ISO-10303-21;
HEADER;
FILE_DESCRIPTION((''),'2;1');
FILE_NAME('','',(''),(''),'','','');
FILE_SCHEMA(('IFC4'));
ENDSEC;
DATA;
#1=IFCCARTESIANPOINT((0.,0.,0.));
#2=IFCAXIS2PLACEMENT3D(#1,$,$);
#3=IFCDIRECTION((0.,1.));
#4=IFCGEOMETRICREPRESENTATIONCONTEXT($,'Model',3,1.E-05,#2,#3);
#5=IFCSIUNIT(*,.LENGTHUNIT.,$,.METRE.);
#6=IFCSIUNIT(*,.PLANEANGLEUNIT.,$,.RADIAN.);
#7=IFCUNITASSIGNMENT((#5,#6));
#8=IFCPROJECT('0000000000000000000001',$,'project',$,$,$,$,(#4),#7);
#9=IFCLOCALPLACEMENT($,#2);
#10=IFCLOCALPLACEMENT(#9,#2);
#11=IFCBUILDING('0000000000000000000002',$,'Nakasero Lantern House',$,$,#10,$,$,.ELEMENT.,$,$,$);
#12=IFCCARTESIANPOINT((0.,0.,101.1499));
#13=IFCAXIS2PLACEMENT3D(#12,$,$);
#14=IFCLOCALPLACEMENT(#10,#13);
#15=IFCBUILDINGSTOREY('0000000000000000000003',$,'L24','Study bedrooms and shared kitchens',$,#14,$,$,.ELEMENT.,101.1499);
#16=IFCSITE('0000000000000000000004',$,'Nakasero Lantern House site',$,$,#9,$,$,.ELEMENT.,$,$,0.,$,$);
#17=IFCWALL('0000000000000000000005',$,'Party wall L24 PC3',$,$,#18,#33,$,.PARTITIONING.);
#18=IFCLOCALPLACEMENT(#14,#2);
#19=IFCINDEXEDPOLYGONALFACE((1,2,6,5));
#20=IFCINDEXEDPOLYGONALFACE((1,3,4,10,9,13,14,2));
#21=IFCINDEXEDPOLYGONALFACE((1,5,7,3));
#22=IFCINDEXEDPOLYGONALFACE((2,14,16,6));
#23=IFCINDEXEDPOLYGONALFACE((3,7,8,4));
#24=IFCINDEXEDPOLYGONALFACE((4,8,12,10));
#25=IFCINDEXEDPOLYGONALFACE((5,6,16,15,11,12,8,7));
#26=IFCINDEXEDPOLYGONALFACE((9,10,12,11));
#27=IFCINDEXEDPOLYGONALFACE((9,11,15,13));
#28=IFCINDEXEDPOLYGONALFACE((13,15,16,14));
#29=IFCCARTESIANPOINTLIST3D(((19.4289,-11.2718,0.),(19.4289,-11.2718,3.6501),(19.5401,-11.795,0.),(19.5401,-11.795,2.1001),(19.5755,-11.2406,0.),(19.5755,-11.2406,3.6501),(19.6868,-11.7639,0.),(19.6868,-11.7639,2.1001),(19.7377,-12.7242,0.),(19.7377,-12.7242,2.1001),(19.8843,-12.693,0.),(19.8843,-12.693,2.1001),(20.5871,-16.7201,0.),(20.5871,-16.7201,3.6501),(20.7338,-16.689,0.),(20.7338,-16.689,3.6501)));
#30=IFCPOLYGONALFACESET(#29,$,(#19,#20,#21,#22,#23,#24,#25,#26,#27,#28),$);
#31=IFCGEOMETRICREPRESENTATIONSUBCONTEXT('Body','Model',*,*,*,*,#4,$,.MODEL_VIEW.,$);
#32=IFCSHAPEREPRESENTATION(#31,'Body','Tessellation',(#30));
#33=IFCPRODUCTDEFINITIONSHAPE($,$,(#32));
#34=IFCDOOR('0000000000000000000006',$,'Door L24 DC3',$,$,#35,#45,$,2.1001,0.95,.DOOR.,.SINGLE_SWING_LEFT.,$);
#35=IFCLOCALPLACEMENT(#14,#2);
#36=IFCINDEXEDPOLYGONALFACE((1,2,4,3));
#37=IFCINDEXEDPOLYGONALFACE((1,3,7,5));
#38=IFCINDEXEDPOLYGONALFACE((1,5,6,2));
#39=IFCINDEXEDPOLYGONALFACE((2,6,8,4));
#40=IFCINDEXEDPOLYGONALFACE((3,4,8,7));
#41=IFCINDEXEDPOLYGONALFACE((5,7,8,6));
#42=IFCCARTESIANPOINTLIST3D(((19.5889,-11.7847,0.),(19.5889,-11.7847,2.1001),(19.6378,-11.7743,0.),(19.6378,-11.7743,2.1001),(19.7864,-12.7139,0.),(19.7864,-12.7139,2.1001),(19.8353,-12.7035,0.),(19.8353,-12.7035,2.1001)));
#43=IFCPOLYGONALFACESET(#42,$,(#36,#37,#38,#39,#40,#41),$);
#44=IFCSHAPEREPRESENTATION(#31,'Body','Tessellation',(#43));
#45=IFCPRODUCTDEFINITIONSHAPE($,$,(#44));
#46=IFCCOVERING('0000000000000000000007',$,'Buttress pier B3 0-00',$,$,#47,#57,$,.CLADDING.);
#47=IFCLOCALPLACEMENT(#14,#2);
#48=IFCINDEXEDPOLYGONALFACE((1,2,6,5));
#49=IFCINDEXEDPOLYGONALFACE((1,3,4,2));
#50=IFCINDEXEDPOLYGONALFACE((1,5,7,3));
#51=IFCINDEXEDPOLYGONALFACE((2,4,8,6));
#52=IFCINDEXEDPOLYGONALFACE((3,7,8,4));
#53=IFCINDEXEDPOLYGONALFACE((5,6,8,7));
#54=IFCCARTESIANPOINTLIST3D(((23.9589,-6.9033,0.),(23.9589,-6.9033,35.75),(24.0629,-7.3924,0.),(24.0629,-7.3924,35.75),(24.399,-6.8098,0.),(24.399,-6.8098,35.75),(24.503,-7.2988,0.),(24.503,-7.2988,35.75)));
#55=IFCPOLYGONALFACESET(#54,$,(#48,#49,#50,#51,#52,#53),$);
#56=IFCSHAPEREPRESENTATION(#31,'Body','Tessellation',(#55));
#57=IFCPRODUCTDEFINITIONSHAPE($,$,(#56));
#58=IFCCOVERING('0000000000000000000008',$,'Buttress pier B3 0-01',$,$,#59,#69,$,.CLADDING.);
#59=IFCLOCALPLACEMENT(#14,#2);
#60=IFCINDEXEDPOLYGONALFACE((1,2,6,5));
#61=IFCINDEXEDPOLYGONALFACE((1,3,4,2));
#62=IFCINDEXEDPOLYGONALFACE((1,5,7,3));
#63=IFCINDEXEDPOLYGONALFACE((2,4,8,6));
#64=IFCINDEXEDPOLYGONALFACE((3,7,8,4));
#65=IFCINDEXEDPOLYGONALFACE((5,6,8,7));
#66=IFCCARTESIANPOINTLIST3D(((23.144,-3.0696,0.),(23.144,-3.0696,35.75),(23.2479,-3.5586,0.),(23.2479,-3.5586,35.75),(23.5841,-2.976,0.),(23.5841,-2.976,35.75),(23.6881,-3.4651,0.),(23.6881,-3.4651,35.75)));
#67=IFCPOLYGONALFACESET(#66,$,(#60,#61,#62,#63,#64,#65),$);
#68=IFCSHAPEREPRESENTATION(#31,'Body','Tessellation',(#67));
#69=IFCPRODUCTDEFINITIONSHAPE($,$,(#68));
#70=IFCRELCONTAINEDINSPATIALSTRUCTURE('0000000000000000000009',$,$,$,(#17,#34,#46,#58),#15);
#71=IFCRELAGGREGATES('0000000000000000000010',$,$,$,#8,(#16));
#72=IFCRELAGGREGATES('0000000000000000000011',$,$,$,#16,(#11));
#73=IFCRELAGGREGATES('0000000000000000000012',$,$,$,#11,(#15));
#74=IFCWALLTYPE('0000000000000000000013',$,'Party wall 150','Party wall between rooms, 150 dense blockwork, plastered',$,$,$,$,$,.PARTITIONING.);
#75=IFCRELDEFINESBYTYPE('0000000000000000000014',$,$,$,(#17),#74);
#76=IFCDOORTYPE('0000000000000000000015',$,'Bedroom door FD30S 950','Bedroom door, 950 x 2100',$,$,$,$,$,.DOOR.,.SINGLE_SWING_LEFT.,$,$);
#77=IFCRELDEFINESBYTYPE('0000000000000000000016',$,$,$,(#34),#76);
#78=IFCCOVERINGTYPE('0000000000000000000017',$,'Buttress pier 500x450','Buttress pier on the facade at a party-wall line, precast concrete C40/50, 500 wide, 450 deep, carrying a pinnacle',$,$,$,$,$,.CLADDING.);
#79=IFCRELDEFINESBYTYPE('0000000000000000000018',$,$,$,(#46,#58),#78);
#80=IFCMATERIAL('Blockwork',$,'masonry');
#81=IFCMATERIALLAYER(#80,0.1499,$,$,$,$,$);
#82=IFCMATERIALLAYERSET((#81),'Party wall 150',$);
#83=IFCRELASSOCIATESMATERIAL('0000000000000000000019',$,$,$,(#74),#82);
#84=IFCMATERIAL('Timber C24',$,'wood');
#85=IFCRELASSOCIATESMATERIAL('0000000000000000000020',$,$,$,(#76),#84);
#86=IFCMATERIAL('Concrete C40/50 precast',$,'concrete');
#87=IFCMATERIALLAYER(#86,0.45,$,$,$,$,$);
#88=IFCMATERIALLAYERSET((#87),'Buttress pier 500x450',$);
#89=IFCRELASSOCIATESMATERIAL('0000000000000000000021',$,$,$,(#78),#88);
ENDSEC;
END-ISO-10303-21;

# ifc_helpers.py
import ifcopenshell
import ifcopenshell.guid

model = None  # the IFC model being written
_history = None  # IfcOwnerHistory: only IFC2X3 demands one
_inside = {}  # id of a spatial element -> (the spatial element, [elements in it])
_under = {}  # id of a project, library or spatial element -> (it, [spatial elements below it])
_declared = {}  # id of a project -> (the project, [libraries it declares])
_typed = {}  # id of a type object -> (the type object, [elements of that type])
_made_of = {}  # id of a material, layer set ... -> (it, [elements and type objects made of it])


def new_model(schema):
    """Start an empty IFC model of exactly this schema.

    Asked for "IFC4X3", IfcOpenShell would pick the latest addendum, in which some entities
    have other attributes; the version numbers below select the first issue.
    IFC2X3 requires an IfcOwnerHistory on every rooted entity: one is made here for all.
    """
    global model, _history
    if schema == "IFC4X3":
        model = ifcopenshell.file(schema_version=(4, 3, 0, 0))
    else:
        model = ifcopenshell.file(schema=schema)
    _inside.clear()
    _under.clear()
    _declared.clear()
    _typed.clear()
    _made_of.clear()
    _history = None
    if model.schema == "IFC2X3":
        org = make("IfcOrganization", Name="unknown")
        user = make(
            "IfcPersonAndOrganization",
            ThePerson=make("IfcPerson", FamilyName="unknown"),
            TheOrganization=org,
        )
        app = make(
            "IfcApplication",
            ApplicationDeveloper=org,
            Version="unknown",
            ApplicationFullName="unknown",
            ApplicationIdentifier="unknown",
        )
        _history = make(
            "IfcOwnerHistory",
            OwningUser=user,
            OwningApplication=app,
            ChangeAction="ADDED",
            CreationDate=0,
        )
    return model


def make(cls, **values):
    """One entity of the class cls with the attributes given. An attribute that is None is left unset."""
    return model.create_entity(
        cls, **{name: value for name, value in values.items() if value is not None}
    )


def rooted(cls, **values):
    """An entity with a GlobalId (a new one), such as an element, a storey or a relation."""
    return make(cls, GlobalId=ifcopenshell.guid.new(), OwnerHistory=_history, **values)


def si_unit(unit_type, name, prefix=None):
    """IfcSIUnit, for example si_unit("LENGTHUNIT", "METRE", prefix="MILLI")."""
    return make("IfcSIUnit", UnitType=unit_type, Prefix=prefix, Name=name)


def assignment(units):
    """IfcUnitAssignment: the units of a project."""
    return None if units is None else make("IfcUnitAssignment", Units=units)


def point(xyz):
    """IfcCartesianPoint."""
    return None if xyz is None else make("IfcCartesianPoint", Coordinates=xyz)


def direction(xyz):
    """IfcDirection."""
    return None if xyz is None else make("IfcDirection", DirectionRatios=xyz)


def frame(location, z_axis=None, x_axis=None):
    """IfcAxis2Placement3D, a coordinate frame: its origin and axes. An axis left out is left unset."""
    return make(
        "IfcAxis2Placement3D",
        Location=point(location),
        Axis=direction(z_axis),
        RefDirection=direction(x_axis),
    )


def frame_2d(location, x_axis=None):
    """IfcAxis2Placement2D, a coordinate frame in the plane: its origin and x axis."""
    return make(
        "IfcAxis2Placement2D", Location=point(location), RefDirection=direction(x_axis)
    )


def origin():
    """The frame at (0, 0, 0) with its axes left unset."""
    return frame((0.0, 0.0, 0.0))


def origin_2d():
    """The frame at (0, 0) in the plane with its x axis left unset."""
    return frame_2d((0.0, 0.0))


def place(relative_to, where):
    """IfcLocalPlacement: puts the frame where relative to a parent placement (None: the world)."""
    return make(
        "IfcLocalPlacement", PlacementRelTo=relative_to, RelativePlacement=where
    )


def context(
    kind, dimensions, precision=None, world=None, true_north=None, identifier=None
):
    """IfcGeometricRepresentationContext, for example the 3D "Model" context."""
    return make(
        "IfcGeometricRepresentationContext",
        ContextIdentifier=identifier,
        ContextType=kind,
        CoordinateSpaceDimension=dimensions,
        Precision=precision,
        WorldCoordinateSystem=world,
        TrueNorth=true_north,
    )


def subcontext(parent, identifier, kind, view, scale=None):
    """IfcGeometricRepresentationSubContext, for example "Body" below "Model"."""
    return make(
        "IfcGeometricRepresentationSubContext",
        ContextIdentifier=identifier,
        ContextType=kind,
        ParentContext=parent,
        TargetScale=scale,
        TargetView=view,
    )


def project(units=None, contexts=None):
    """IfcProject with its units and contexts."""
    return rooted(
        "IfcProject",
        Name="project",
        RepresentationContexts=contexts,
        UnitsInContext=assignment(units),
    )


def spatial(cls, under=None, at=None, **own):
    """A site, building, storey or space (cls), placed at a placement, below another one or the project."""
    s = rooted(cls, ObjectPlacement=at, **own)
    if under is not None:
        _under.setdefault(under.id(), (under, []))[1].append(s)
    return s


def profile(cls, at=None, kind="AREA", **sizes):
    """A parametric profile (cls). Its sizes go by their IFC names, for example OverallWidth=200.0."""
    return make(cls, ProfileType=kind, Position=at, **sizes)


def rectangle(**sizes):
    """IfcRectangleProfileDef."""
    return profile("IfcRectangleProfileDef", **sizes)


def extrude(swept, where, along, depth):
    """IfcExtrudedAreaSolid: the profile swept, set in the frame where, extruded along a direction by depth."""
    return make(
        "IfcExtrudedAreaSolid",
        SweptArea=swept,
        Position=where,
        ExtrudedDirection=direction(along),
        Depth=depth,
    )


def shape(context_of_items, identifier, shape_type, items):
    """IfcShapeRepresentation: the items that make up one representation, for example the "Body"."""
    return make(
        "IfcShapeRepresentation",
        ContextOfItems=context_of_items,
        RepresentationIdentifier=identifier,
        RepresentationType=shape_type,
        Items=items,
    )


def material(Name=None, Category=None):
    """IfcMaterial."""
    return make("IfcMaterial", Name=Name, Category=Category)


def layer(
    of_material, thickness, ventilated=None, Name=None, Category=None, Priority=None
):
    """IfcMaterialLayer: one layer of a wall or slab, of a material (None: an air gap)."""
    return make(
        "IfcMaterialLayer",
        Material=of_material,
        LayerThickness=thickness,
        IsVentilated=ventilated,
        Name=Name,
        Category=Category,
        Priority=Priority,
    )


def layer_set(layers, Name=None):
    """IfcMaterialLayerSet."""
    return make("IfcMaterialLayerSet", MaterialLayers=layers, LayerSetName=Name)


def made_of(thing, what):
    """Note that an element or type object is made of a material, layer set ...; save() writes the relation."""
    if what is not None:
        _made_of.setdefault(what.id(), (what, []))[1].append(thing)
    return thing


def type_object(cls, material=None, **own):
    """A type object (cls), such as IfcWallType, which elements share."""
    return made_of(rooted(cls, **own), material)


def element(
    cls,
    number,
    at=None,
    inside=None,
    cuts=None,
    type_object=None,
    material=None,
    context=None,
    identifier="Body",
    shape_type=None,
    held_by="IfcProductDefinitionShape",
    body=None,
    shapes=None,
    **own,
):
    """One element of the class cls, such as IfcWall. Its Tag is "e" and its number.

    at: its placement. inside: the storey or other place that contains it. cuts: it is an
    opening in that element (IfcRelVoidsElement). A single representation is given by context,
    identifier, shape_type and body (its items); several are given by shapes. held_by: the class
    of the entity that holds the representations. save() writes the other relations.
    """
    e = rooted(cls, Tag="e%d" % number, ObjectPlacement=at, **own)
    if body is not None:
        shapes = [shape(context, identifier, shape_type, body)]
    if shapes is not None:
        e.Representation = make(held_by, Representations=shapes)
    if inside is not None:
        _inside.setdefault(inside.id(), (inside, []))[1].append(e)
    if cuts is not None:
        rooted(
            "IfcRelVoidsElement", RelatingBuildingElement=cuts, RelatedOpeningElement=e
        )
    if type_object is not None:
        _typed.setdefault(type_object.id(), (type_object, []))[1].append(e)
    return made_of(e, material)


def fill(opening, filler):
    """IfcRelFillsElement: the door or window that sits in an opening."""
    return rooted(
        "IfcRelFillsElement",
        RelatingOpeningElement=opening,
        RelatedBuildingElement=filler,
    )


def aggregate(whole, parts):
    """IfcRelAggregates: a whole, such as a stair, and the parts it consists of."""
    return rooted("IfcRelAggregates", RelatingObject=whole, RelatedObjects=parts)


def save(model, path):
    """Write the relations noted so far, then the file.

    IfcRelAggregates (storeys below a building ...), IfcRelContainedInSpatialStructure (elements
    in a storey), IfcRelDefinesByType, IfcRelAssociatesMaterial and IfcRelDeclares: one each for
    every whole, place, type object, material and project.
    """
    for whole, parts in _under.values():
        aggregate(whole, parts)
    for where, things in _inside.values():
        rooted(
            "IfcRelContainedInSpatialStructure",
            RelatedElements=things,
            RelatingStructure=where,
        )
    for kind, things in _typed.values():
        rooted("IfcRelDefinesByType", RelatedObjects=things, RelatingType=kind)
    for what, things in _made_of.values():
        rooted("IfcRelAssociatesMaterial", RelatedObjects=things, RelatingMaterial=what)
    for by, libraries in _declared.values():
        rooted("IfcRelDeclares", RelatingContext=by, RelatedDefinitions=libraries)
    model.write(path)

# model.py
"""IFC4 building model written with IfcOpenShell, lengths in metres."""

from ifc_helpers import new_model, si_unit, direction, frame, frame_2d, origin, origin_2d, place, context, subcontext, project, spatial, rectangle, extrude, material, layer, layer_set, type_object, element, fill, save


model = new_model("IFC4")

# Units and contexts
model_context = context("Model", 3, precision=1e-05, world=origin(), true_north=direction((0.0, 1.0)))
body_context = subcontext(model_context, "Body", "Model", "MODEL_VIEW")
ifc_project = project(units=[si_unit("LENGTHUNIT", "METRE"), si_unit("PLANEANGLEUNIT", "RADIAN")], contexts=[model_context])

# Site, building, storey
site_placement = place(None, origin())
site = spatial("IfcSite", under=ifc_project, at=site_placement, Name="Nakasero Lantern House site", CompositionType="ELEMENT", RefElevation=0.0)
building_placement = place(site_placement, origin())
building = spatial("IfcBuilding", under=site, at=building_placement, Name="Nakasero Lantern House", CompositionType="ELEMENT")
storey_placement = place(building_placement, frame((0.0, 0.0, 101.1499)))
storey = spatial("IfcBuildingStorey", under=building, at=storey_placement, Name="L24", Description="Study bedrooms and shared kitchens", CompositionType="ELEMENT", Elevation=101.1499)

# Wall, opening, door
ifc_material_1 = material(Name="Blockwork", Category="masonry")
ifc_layer_1 = layer(ifc_material_1, 0.1499)
ifc_layer_set_1 = layer_set([ifc_layer_1], Name="Party wall 150")
wall_type_1 = type_object("IfcWallType", Name="Party wall 150", Description="Party wall between rooms, 150 dense blockwork, plastered", PredefinedType="PARTITIONING", material=ifc_layer_set_1)
wall_1_placement = place(storey_placement, frame((19.5022, -11.2561, 0.0), z_axis=(0.0, 0.0, 1.0), x_axis=(0.207936, -0.978142, 0.0)))
wall_1 = element("IfcWall", 1, at=wall_1_placement, inside=storey, type_object=wall_type_1, Name="Party wall L24 PC3", PredefinedType="PARTITIONING", context=body_context, shape_type="SweptSolid", body=[
    extrude(rectangle(XDim=5.5701, YDim=0.1499, at=frame_2d((2.7852, 0.0))), origin(), (0.0, 0.0, 1.0), 3.6501),
])
opening_1_placement = place(wall_1_placement, frame((0.5349, 0.0, 0.0)))
opening_1 = element("IfcOpeningElement", 2, at=opening_1_placement, cuts=wall_1, PredefinedType="OPENING", context=body_context, shape_type="SweptSolid", body=[
    extrude(rectangle(XDim=0.95, YDim=2.1001, at=frame_2d((0.4751, 1.05))), frame((0.0, 0.095, 0.0), z_axis=(0.0, -1.0, 0.0), x_axis=(1.0, 0.0, 0.0)), (0.0, 0.0, 1.0), 0.1899),
])
ifc_material_2 = material(Name="Timber C24", Category="wood")
door_type_1 = type_object("IfcDoorType", Name="Bedroom door FD30S 950", Description="Bedroom door, 950 x 2100", OperationType="SINGLE_SWING_LEFT", PredefinedType="DOOR", material=ifc_material_2)
door_1_placement = place(opening_1_placement, origin())
door_1 = element("IfcDoor", 3, at=door_1_placement, inside=storey, type_object=door_type_1, Name="Door L24 DC3", OperationType="SINGLE_SWING_LEFT", OverallHeight=2.1001, OverallWidth=0.95, PredefinedType="DOOR", context=body_context, shape_type="SweptSolid", body=[
    extrude(rectangle(XDim=0.95, YDim=2.1001, at=frame_2d((0.4751, 1.05))), frame((0.0, 0.0249, 0.0), z_axis=(0.0, -1.0, 0.0), x_axis=(1.0, 0.0, 0.0)), (0.0, 0.0, 1.0), 0.05),
])
fill(opening_1, door_1)

# Coverings
ifc_material_3 = material(Name="Concrete C40/50 precast", Category="concrete")
ifc_layer_2 = layer(ifc_material_3, 0.45)
ifc_layer_set_2 = layer_set([ifc_layer_2], Name="Buttress pier 500x450")
covering_type = type_object("IfcCoveringType", Name="Buttress pier 500x450", Description="Buttress pier on the facade at a party-wall line, precast concrete C40/50, 500 wide, 450 deep, carrying a pinnacle", PredefinedType="CLADDING", material=ifc_layer_set_2)
for number, where, z_axis, x_axis, name in (
    (4, (24.231, -7.1011, 0.0), (0.0, 0.0, 1.0), (0.978148, 0.207912, 0.0), "Buttress pier B3 0-00"),
    (5, (23.416, -3.2673, 0.0), (0.0, 0.0, 1.0), (0.978148, 0.207912, 0.0), "Buttress pier B3 0-01"),
):
    element("IfcCovering", number, at=place(storey_placement, frame(where, z_axis=z_axis, x_axis=x_axis)), inside=storey, type_object=covering_type, Name=name, PredefinedType="CLADDING", context=body_context, shape_type="SweptSolid", body=[
        extrude(rectangle(XDim=0.45, YDim=0.5, at=origin_2d()), origin(), (0.0, 0.0, 1.0), 35.75),
    ])

save(model, "model.ifc")
